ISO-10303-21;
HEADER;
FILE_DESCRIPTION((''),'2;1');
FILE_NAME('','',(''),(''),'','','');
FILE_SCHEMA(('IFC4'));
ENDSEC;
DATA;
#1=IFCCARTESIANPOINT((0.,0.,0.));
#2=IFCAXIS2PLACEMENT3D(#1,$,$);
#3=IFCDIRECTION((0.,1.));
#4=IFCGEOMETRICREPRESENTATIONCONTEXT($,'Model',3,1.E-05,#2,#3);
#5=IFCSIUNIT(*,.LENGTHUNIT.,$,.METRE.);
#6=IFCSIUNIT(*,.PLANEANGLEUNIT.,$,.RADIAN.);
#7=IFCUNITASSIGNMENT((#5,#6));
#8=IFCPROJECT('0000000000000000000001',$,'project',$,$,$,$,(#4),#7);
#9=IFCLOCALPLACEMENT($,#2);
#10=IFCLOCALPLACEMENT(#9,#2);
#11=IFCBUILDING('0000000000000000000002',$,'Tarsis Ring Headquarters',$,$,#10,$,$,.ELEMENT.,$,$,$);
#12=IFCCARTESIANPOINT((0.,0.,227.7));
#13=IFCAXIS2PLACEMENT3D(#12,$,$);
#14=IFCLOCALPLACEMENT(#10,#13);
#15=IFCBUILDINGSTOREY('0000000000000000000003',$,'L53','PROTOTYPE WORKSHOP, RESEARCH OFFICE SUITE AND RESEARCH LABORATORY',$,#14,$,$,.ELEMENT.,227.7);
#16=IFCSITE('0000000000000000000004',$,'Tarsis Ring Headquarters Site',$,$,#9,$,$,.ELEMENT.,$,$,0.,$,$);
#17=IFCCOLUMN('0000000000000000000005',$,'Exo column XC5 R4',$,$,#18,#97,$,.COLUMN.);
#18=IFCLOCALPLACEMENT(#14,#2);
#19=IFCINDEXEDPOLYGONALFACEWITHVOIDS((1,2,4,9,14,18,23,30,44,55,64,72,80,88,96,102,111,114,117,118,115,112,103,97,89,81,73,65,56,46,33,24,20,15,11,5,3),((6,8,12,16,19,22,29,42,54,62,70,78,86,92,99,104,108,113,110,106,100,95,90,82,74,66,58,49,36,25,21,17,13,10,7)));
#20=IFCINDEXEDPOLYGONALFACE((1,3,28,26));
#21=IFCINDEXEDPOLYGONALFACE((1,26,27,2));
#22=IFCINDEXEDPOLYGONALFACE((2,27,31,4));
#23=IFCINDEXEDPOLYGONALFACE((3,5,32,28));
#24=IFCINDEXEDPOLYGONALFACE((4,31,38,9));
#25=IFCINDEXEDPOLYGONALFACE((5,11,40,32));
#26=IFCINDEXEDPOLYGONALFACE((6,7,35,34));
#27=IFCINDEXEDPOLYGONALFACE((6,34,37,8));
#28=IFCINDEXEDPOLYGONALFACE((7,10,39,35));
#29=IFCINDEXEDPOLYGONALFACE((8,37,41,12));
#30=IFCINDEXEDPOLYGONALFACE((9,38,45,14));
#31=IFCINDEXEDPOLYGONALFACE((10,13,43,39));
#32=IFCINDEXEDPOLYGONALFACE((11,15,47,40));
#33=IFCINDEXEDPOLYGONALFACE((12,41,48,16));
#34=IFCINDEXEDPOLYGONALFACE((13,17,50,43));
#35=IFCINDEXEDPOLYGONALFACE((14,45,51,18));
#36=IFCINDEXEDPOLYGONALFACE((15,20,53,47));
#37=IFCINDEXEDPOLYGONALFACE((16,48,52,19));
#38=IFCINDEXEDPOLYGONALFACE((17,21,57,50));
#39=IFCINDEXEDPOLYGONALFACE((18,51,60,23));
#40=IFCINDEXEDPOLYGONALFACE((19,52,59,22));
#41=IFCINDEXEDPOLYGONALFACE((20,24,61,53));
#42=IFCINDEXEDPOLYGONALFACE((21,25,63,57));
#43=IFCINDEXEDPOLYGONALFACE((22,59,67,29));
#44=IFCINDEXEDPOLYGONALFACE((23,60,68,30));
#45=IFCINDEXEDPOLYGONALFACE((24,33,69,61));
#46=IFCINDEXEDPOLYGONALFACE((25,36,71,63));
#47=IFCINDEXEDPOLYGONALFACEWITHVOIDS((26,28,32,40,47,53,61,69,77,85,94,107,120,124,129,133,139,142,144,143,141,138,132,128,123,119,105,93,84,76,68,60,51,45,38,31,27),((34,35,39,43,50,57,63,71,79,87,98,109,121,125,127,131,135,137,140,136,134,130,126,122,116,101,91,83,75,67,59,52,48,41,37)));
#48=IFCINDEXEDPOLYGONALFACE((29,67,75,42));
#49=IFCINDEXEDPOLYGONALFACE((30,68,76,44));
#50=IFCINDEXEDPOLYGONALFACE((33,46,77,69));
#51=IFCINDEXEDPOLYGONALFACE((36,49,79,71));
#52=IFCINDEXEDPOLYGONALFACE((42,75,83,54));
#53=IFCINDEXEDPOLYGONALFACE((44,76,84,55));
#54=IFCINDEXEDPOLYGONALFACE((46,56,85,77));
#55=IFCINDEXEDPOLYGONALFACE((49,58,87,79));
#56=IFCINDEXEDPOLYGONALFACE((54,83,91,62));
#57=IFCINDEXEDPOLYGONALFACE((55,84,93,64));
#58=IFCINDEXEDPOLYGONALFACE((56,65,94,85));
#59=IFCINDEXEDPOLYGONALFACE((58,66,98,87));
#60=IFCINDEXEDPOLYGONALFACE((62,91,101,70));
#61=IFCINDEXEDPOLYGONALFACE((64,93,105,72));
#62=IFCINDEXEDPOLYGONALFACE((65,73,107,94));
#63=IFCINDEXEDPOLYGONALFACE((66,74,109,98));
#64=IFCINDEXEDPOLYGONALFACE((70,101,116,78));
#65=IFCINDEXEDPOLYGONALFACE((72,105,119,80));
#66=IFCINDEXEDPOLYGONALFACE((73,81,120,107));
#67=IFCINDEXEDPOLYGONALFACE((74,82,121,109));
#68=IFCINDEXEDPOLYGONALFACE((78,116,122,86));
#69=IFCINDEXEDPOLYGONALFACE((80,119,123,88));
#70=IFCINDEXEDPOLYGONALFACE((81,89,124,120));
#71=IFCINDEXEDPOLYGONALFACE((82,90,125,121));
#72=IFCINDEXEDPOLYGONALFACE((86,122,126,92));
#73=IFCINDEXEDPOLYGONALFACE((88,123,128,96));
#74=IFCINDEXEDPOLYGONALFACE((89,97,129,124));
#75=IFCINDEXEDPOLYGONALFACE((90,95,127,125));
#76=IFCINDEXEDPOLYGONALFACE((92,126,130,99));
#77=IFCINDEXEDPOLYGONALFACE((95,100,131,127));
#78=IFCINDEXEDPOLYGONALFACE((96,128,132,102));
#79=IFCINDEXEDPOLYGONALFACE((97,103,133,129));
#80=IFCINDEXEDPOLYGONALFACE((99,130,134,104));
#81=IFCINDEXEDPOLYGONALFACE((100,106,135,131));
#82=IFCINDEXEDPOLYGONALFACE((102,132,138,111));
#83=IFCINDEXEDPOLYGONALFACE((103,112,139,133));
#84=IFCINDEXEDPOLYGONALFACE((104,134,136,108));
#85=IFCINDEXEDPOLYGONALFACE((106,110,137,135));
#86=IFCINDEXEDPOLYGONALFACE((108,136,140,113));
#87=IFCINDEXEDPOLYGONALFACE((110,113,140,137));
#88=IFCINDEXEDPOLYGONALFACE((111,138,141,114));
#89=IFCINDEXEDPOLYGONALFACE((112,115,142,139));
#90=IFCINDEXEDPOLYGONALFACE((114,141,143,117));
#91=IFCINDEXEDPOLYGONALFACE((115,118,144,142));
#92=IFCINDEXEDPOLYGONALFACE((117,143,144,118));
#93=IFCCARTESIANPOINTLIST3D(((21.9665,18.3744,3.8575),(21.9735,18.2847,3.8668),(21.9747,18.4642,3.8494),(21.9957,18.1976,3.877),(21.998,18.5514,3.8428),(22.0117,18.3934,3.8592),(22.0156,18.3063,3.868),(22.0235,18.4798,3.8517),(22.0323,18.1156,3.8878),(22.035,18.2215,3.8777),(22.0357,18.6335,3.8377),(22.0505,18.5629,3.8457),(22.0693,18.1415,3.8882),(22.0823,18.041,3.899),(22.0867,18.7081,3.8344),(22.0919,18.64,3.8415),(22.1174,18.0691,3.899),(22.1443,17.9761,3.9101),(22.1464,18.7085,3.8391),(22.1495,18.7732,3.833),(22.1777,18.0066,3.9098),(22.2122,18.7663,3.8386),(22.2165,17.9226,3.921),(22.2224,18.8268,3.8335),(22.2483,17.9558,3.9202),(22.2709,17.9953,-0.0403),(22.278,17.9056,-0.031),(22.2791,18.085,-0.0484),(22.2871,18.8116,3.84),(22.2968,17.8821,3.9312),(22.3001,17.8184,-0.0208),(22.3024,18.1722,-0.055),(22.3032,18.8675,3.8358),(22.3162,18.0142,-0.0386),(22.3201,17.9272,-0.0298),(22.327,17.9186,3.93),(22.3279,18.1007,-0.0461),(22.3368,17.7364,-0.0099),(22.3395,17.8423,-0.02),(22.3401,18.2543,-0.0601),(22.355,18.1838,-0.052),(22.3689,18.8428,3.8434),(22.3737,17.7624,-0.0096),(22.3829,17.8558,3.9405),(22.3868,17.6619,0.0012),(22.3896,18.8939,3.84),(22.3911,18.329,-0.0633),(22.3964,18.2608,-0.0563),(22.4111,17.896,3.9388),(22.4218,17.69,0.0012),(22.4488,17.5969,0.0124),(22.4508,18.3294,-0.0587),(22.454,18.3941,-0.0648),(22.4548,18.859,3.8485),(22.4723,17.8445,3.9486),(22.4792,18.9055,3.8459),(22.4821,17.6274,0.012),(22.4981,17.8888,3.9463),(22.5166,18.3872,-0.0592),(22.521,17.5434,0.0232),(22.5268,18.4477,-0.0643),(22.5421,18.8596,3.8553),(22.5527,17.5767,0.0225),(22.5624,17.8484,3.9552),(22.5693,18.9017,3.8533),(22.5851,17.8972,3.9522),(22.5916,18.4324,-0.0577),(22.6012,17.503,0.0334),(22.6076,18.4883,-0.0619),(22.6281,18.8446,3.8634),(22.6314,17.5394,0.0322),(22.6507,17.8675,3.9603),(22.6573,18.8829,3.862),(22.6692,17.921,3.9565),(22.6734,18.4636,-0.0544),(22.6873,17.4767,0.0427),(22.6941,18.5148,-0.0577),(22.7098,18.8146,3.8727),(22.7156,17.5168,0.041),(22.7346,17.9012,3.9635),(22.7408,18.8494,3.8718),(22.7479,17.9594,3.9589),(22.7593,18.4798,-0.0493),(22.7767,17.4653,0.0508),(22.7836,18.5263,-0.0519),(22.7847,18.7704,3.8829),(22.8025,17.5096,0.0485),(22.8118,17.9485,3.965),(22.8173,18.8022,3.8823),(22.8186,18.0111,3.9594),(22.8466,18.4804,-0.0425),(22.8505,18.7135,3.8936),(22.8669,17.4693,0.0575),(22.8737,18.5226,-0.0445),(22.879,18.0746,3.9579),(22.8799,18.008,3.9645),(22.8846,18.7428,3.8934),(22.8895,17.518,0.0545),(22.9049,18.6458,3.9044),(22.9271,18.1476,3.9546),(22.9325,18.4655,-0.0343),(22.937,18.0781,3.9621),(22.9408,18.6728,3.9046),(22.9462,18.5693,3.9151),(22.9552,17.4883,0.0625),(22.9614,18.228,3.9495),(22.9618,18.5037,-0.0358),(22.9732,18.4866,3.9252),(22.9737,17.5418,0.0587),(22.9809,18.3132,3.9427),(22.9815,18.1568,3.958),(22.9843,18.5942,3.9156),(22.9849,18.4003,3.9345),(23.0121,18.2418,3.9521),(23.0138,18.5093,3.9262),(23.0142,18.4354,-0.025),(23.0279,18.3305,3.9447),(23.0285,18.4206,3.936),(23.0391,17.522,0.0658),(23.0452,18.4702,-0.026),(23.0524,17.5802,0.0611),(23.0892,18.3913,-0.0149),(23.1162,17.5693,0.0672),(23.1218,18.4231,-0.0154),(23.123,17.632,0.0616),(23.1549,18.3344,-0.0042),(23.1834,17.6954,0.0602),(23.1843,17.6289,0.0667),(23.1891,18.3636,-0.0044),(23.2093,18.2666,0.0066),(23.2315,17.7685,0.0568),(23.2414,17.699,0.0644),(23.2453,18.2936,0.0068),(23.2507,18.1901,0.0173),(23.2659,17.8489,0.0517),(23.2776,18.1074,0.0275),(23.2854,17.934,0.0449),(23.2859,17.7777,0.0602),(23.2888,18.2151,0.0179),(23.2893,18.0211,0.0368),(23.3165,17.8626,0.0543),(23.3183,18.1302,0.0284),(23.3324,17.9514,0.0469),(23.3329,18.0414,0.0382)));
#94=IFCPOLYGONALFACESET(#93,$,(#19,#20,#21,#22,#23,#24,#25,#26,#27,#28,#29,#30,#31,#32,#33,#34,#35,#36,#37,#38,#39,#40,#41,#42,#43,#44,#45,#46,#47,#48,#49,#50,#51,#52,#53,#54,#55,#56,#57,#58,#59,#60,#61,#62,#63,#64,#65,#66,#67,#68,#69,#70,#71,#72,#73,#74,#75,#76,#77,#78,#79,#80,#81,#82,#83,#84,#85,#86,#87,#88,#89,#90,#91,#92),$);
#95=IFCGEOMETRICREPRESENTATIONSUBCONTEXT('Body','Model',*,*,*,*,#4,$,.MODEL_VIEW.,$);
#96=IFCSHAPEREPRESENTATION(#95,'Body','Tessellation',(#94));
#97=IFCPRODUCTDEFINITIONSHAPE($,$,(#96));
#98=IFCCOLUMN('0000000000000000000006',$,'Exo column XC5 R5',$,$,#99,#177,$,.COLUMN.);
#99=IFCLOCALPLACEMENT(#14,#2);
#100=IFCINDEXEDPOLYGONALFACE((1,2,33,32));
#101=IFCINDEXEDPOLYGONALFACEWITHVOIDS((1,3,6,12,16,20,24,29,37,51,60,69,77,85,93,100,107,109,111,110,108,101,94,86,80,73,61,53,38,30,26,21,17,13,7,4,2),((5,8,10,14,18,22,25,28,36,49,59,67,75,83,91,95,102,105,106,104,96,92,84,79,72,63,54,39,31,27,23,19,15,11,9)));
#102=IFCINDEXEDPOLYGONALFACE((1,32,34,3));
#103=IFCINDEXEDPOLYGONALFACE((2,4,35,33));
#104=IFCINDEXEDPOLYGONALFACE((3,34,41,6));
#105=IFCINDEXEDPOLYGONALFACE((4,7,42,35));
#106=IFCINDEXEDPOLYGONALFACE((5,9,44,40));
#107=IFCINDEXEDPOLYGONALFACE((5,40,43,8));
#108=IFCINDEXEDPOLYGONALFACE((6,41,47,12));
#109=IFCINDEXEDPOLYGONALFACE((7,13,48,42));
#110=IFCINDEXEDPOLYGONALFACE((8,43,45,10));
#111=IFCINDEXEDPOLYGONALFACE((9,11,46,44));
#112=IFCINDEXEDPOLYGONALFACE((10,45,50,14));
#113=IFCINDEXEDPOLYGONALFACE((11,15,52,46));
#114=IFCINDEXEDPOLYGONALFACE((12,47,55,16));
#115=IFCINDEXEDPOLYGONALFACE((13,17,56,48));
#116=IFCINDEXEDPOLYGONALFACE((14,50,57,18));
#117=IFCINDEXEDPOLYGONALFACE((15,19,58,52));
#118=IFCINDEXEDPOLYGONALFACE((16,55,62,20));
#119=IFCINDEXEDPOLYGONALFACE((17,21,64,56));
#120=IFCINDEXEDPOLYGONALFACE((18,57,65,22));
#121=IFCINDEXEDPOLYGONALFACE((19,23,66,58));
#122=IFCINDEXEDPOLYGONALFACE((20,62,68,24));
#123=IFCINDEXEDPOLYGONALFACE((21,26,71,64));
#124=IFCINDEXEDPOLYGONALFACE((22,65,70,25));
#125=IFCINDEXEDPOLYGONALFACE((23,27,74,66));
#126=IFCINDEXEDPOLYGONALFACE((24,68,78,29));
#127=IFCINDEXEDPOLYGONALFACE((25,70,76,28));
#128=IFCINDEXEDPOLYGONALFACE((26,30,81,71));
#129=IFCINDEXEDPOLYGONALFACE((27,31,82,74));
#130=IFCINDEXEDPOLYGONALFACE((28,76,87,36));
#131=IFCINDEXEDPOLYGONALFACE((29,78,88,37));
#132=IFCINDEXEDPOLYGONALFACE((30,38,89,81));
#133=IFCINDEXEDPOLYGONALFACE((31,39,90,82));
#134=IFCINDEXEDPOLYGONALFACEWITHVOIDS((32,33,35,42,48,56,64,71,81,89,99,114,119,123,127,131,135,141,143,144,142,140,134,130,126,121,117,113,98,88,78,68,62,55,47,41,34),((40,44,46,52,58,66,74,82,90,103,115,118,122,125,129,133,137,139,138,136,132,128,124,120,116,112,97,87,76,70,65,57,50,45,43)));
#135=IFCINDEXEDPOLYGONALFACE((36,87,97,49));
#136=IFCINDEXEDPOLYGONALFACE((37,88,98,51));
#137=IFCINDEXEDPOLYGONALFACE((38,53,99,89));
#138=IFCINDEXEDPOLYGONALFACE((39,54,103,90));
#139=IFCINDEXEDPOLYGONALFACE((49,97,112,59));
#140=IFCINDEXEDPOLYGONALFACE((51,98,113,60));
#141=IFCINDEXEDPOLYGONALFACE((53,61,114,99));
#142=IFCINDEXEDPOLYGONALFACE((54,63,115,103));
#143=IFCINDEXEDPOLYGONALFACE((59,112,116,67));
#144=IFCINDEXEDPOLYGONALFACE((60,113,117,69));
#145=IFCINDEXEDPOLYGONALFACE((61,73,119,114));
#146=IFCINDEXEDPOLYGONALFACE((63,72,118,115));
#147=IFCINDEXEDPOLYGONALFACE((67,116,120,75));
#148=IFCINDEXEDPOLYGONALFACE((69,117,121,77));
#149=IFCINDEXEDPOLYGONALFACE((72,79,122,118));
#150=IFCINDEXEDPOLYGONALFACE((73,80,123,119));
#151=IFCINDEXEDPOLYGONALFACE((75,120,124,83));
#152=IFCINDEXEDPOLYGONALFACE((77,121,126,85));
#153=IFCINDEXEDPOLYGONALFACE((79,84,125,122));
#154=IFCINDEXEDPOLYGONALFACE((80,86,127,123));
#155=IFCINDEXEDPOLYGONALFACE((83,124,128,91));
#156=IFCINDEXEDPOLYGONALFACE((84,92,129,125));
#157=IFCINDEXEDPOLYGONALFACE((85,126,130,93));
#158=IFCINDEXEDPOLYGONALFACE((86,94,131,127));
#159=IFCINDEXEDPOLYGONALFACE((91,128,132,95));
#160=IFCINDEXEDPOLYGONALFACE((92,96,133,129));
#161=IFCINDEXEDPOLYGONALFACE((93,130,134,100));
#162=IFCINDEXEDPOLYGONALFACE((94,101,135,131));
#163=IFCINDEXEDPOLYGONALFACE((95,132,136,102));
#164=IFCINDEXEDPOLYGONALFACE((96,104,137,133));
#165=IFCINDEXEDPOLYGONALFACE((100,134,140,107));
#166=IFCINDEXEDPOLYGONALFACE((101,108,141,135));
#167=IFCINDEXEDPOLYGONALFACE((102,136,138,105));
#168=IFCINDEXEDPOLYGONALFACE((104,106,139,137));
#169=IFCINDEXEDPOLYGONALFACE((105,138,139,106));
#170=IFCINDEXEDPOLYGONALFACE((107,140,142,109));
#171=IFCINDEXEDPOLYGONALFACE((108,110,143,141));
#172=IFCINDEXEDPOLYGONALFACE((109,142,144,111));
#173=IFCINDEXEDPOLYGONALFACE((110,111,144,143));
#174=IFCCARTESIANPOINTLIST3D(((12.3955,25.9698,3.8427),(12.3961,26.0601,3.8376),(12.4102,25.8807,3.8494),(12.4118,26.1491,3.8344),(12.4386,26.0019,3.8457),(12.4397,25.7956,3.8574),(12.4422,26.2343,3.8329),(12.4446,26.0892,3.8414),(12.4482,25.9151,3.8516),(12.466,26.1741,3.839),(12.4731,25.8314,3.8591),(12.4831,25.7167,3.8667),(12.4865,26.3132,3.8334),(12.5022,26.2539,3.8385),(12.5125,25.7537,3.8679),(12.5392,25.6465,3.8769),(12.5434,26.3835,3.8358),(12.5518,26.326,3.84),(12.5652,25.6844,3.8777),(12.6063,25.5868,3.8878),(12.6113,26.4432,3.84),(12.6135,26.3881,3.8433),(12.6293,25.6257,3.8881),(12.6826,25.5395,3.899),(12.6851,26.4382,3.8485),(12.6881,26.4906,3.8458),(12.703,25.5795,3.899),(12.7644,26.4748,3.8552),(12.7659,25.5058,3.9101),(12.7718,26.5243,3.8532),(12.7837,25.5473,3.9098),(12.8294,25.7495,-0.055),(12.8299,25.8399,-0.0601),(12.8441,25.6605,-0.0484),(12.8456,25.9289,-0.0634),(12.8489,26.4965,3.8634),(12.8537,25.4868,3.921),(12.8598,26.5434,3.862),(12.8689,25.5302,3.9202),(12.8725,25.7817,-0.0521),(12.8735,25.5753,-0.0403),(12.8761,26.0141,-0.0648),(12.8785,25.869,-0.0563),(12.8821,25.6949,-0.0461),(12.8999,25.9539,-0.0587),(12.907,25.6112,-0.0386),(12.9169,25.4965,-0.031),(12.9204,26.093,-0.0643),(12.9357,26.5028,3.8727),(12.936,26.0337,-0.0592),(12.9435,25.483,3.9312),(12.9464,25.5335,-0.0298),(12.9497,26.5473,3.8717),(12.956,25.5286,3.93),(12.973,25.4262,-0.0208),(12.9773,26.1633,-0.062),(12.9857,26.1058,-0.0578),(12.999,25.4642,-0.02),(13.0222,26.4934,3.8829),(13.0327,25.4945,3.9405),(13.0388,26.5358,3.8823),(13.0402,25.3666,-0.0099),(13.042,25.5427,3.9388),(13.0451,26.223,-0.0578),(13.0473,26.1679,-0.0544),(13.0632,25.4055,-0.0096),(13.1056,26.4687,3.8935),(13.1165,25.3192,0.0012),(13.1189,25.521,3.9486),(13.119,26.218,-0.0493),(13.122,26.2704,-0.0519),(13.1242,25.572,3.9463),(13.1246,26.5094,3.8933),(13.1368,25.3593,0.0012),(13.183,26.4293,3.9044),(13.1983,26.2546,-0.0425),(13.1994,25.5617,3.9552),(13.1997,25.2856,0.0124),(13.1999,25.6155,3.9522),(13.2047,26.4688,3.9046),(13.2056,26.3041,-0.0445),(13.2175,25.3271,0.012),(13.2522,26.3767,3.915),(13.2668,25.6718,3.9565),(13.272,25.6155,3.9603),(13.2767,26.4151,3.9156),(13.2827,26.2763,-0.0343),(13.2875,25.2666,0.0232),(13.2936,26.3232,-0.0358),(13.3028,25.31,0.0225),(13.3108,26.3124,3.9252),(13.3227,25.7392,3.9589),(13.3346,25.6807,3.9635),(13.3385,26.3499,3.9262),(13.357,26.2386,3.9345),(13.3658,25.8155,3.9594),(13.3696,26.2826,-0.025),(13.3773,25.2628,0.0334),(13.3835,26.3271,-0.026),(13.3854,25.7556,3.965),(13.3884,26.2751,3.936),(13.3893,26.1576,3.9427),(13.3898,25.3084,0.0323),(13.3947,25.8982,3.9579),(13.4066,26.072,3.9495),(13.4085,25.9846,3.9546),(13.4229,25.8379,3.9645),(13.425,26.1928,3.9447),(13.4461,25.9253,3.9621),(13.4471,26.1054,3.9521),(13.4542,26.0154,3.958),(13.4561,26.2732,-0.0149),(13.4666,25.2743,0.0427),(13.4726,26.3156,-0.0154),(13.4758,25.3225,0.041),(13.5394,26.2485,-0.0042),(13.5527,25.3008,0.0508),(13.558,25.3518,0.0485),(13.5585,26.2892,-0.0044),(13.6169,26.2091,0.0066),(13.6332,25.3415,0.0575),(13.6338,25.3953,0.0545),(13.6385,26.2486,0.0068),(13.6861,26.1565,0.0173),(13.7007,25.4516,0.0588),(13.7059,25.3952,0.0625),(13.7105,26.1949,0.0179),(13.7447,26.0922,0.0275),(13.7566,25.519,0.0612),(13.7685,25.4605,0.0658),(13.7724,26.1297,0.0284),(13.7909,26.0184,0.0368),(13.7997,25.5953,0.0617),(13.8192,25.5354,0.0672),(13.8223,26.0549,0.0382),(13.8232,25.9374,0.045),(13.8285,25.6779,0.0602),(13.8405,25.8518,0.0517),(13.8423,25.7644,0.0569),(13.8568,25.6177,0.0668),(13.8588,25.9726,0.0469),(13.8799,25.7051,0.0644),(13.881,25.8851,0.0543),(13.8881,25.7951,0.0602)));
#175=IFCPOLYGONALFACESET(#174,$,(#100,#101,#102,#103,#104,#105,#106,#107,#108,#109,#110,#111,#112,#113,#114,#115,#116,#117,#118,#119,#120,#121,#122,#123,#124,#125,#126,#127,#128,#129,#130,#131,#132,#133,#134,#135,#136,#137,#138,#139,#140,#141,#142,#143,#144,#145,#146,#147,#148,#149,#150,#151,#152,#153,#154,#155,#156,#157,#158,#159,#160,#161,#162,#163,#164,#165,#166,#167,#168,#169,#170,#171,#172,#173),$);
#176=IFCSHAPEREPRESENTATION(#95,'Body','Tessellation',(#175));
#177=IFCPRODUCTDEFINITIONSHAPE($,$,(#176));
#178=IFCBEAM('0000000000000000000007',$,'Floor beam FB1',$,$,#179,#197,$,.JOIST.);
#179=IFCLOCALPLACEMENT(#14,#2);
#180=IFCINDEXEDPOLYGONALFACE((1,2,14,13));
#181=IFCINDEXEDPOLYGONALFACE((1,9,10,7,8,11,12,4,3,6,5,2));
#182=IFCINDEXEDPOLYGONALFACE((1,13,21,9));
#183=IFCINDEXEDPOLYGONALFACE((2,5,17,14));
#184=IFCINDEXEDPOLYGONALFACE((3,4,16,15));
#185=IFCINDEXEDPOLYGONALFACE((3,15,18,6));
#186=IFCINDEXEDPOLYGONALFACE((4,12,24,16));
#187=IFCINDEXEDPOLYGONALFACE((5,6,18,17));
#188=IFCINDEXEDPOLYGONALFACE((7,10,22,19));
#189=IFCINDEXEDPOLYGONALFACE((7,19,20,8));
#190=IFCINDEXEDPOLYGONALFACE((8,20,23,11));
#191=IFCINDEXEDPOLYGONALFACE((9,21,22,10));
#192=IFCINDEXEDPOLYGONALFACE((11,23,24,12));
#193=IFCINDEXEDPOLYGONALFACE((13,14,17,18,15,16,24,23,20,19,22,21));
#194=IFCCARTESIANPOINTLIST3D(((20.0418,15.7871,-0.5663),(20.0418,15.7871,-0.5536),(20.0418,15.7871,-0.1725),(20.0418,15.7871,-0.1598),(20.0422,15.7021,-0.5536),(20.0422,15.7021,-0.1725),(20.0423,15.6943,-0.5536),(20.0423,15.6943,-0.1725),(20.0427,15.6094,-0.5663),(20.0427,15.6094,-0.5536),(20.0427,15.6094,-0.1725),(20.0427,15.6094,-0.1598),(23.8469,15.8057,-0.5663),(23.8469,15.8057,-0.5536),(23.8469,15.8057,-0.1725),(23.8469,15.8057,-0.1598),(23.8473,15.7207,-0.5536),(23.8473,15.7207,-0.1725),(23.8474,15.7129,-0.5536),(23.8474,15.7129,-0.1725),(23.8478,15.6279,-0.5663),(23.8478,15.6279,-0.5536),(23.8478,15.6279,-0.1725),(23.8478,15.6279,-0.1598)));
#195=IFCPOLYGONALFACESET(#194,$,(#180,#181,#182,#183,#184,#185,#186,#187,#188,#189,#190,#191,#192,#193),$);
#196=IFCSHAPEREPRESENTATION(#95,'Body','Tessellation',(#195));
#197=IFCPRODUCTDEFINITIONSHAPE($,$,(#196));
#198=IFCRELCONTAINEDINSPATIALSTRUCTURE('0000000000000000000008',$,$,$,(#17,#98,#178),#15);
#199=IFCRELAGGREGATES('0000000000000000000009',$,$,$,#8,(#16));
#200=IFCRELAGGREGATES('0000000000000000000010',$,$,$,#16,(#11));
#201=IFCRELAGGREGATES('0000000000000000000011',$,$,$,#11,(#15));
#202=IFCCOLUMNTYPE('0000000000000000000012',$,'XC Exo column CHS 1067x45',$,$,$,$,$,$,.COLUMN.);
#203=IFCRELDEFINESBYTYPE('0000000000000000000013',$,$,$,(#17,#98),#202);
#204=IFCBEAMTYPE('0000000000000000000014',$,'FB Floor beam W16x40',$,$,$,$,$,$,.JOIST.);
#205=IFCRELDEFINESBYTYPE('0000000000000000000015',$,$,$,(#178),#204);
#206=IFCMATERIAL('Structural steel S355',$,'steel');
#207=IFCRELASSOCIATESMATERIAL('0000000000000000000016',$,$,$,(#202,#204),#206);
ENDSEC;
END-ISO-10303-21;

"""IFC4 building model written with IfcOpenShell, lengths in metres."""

from ifc_helpers import new_model, si_unit, direction, frame, origin, origin_2d, place, context, subcontext, project, spatial, hollow_circle, i_section, extrude, material, material_profile, profile_set, type_object, element, save


model = new_model("IFC4")

# Units and contexts
model_context = context("Model", 3, precision=1e-05, world=origin(), true_north=direction((0.0, 1.0)))
body_context = subcontext(model_context, "Body", "Model", "MODEL_VIEW")
ifc_project = project(units=[si_unit("LENGTHUNIT", "METRE"), si_unit("PLANEANGLEUNIT", "RADIAN")], contexts=[model_context])

# Site, building, storey
site_placement = place(None, origin())
site = spatial("IfcSite", under=ifc_project, at=site_placement, Name="Tarsis Ring Headquarters Site", CompositionType="ELEMENT", RefElevation=0.0)
building_placement = place(site_placement, origin())
building = spatial("IfcBuilding", under=site, at=building_placement, Name="Tarsis Ring Headquarters", CompositionType="ELEMENT")
storey_placement = place(building_placement, frame((0.0, 0.0, 227.7)))
storey = spatial("IfcBuildingStorey", under=building, at=storey_placement, Name="L53", Description="PROTOTYPE WORKSHOP, RESEARCH OFFICE SUITE AND RESEARCH LABORATORY", CompositionType="ELEMENT", Elevation=227.7)

# Columns
ifc_material_1 = material(Name="Structural steel S355", Category="steel")
ifc_material_profile_1 = material_profile(ifc_material_1, hollow_circle(Radius=0.5334, WallThickness=0.0449, at=origin_2d()), Name="CHS 1067x45")
ifc_profile_set_1 = profile_set([ifc_material_profile_1], Name="Structural steel S355")
column_type = type_object("IfcColumnType", Name="XC Exo column CHS 1067x45", PredefinedType="COLUMN", material=ifc_profile_set_1)
for number, where, z_axis, x_axis, name in (
    (1, (22.8027, 17.9958, 0.0012), (-0.077508, 0.096527, 0.992308), (-0.779741, -0.626102, 0.0), "Exo column XC5 R4"),
    (2, (13.3579, 25.7949, 0.0012), (-0.110449, 0.056064, 0.992299), (-0.452625, -0.891701, 0.0), "Exo column XC5 R5"),
):
    element("IfcColumn", number, at=place(storey_placement, frame(where, z_axis=z_axis, x_axis=x_axis)), inside=storey, type_object=column_type, Name=name, PredefinedType="COLUMN", context=body_context, shape_type="SweptSolid", body=[
        extrude(hollow_circle(Radius=0.5334, WallThickness=0.0449, at=origin_2d()), origin(), (0.0, 0.0, 1.0), 3.928),
    ])

# Beam
ifc_material_profile_2 = material_profile(ifc_material_1, i_section(OverallWidth=0.1777, OverallDepth=0.4065, WebThickness=0.0078, FlangeThickness=0.0127, at=origin_2d()), Name="W16x40")
ifc_profile_set_2 = profile_set([ifc_material_profile_2], Name="Structural steel S355")
beam_type_1 = type_object("IfcBeamType", Name="FB Floor beam W16x40", PredefinedType="JOIST", material=ifc_profile_set_2)
for number, where, z_axis, x_axis, name in (
    (3, (20.0422, 15.6982, -0.363), (0.999988, 0.004876, 0.0), (-0.004876, 0.999988, 0.0), "Floor beam FB1"),
):
    element("IfcBeam", number, at=place(storey_placement, frame(where, z_axis=z_axis, x_axis=x_axis)), inside=storey, type_object=beam_type_1, Name=name, PredefinedType="JOIST", context=body_context, shape_type="SweptSolid", body=[
        extrude(i_section(OverallWidth=0.1777, OverallDepth=0.4065, WebThickness=0.0078, FlangeThickness=0.0127, at=origin_2d()), origin(), (0.0, 0.0, 1.0), 3.8052),
    ])

save(model, "model.ifc")
